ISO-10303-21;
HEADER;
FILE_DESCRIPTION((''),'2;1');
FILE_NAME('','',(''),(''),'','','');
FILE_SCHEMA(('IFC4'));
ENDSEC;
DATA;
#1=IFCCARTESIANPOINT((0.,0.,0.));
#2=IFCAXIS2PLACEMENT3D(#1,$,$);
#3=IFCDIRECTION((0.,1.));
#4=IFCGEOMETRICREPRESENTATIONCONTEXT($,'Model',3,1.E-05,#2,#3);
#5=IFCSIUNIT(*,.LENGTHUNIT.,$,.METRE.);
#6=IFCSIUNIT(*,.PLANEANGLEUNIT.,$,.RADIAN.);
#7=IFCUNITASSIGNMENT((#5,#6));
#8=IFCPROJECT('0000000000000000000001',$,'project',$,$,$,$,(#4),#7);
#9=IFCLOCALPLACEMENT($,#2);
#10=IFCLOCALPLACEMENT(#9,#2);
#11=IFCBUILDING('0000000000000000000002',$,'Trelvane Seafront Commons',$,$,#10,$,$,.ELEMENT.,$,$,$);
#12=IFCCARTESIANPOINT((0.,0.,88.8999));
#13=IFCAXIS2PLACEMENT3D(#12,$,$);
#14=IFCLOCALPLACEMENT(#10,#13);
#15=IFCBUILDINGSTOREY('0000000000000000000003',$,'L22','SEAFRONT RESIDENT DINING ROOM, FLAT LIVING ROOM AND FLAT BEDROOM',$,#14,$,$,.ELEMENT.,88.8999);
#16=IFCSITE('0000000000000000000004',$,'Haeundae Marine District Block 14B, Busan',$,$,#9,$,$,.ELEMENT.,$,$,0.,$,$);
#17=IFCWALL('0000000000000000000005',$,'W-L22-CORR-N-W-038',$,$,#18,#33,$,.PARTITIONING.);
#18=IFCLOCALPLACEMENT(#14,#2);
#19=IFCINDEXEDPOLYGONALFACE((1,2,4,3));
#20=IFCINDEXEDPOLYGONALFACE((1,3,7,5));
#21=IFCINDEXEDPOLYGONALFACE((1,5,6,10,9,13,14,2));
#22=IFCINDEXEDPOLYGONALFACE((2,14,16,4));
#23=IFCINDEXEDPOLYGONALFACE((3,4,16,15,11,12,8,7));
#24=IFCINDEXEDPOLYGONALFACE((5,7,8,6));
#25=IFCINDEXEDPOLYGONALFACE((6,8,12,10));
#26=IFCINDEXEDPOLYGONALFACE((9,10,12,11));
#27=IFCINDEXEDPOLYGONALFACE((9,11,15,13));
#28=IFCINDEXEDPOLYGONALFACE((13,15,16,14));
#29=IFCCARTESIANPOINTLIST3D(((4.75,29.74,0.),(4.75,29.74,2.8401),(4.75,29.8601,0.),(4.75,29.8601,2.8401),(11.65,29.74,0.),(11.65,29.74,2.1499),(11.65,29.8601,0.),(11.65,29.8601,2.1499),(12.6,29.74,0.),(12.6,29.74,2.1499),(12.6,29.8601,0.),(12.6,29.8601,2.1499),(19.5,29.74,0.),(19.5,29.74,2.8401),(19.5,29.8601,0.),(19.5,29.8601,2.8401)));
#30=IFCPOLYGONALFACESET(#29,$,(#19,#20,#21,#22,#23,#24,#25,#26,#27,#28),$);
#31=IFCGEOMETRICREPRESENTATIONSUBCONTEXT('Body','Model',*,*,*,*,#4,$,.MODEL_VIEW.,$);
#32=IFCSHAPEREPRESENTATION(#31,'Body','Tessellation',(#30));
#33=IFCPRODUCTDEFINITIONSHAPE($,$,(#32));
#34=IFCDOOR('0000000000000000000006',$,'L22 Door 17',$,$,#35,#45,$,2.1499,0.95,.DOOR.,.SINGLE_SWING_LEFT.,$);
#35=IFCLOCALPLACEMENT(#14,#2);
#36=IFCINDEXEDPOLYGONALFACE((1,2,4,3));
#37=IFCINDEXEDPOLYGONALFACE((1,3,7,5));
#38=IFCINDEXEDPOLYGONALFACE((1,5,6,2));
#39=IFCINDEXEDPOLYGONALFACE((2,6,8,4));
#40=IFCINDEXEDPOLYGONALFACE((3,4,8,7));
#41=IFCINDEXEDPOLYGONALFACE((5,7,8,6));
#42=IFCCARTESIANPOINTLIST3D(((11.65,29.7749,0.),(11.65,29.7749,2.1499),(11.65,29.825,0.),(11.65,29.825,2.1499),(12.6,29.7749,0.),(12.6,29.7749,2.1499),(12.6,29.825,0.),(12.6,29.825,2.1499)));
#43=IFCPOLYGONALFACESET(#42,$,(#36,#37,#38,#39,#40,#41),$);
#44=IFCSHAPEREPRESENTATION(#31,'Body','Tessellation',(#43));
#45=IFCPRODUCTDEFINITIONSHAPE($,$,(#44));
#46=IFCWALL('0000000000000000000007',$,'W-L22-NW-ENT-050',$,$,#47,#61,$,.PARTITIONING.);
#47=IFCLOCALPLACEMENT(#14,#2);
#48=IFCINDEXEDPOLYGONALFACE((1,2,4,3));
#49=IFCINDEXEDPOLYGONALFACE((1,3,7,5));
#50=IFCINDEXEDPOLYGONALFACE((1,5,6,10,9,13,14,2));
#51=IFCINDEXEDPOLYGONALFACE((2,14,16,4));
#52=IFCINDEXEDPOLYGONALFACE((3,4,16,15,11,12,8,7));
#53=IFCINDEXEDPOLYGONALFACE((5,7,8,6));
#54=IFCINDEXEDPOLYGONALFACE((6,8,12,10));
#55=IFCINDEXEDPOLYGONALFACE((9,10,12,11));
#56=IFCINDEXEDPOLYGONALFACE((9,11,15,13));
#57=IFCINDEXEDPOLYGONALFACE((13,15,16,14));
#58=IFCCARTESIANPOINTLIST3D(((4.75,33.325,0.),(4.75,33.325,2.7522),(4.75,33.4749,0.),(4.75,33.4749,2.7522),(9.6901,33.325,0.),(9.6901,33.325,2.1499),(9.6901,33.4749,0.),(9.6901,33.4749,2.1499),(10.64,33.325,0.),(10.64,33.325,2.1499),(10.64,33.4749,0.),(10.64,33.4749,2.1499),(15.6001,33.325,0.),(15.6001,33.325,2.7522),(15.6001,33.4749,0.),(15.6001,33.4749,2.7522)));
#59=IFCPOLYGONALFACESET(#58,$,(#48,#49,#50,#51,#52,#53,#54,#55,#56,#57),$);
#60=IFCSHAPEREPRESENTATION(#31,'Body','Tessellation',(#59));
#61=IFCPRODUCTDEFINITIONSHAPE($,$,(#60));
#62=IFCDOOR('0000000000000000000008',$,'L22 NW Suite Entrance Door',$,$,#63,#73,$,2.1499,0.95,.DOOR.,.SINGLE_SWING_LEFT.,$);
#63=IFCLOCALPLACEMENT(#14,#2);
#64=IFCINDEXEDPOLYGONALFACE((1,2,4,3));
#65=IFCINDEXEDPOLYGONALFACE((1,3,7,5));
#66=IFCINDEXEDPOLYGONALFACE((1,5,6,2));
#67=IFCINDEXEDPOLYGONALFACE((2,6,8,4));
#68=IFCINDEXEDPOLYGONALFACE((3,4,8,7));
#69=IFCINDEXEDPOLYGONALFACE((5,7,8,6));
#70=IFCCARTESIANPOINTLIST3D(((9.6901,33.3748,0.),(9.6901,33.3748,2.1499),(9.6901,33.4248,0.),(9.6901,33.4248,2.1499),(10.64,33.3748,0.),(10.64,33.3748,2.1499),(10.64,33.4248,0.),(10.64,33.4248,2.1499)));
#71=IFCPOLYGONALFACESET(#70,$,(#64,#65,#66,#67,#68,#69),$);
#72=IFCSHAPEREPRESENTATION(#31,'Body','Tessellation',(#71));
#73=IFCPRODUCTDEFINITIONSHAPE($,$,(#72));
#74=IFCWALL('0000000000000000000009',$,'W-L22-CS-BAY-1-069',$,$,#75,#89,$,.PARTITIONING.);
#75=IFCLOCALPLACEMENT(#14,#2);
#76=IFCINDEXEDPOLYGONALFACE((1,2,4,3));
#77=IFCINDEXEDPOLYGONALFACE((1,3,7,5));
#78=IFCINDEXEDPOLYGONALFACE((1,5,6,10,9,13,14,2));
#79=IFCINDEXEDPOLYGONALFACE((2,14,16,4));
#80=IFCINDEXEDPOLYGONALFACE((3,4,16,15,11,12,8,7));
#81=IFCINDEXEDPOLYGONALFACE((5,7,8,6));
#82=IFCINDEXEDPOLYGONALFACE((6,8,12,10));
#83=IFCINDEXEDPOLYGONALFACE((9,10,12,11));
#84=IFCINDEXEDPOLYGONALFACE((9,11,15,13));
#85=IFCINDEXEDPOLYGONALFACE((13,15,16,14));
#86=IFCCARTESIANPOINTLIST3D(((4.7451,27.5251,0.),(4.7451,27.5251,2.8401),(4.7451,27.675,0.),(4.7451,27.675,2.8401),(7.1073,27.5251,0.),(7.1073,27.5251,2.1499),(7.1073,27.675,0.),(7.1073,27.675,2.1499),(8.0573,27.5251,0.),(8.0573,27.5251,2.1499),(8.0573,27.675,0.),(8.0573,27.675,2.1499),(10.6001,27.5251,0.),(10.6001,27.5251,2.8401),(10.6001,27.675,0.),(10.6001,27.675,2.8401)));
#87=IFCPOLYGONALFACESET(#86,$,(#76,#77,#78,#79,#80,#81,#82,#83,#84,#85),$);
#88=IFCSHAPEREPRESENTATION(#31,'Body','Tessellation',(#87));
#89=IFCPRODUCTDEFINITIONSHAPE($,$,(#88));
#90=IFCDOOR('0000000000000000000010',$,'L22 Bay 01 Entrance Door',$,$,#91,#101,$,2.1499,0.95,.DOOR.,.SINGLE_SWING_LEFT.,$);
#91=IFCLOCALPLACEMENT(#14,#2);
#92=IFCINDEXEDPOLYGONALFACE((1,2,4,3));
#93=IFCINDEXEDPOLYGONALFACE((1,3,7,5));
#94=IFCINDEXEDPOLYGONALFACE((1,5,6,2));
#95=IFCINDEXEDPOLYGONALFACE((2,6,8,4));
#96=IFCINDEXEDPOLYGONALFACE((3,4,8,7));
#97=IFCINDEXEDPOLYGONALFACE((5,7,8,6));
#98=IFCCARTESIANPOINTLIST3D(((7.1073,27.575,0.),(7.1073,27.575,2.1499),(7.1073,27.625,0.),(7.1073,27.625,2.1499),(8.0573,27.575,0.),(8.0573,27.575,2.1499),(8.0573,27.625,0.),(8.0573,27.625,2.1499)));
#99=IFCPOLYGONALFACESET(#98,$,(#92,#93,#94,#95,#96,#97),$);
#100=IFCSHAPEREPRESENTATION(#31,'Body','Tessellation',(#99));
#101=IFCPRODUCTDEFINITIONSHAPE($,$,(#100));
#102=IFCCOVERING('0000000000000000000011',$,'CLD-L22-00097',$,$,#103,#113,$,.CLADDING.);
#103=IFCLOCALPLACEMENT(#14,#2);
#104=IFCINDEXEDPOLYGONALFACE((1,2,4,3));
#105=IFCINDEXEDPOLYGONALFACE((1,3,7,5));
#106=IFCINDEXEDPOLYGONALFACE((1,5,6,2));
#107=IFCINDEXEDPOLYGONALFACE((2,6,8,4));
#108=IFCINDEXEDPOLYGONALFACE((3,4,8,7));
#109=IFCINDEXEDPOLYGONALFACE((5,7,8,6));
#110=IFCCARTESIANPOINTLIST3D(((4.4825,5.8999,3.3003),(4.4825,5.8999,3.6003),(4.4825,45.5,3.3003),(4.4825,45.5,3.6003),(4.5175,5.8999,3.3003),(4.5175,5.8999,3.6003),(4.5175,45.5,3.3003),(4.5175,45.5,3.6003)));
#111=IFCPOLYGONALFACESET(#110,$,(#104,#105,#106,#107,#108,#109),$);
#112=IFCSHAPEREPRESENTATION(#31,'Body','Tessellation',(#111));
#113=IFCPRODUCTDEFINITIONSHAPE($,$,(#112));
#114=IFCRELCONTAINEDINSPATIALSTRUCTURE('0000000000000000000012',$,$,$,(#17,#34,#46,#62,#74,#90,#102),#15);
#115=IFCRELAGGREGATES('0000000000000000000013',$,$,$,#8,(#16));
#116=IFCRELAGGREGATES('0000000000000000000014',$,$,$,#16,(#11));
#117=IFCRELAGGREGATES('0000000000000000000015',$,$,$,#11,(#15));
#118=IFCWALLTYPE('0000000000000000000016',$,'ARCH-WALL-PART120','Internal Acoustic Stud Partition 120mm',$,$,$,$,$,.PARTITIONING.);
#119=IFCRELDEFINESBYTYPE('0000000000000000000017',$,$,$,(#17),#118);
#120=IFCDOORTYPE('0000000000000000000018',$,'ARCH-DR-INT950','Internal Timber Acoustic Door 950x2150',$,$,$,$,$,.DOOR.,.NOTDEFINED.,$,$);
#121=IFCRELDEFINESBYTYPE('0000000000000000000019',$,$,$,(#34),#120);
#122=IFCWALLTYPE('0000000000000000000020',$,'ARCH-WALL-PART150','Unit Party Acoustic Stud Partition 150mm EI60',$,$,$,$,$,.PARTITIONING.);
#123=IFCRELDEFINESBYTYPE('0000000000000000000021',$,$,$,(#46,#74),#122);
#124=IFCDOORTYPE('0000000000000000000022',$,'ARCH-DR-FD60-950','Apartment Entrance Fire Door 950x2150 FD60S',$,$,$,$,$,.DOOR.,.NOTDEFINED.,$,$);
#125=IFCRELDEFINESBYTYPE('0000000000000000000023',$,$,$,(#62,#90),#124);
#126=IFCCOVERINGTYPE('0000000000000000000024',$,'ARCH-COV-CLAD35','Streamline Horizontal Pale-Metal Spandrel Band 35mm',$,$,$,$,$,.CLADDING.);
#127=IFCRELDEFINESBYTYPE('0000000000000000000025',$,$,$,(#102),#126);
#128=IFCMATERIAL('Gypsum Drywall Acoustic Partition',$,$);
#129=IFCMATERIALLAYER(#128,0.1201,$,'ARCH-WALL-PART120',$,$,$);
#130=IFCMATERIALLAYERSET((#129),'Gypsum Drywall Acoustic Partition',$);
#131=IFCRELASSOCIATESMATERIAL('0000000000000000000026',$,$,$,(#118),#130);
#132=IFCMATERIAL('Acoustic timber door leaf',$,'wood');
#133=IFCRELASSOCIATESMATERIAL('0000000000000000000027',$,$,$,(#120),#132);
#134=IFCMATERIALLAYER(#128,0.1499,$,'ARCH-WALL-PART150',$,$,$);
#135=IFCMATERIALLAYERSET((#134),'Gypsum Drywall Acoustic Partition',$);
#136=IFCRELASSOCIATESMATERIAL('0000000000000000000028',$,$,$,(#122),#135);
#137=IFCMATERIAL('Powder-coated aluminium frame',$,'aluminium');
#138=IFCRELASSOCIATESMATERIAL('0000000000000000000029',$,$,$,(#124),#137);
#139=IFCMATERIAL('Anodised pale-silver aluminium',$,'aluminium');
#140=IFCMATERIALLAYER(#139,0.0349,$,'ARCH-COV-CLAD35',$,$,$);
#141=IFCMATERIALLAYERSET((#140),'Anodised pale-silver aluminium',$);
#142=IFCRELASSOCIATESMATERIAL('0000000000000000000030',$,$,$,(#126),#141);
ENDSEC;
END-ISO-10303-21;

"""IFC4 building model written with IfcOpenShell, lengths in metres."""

from ifc_helpers import new_model, si_unit, direction, frame, frame_2d, origin, origin_2d, place, context, subcontext, project, spatial, rectangle, extrude, source, transform, mapped, material, layer, layer_set, type_object, element, fill, save


model = new_model("IFC4")

# Units and contexts
model_context = context("Model", 3, precision=1e-05, world=origin(), true_north=direction((0.0, 1.0)))
body_context = subcontext(model_context, "Body", "Model", "MODEL_VIEW")
ifc_project = project(units=[si_unit("LENGTHUNIT", "METRE"), si_unit("PLANEANGLEUNIT", "RADIAN")], contexts=[model_context])

# Site, building, storey
site_placement = place(None, origin())
site = spatial("IfcSite", under=ifc_project, at=site_placement, Name="Haeundae Marine District Block 14B, Busan", CompositionType="ELEMENT", RefElevation=0.0)
building_placement = place(site_placement, origin())
building = spatial("IfcBuilding", under=site, at=building_placement, Name="Trelvane Seafront Commons", CompositionType="ELEMENT")
storey_placement = place(building_placement, frame((0.0, 0.0, 88.8999)))
storey = spatial("IfcBuildingStorey", under=building, at=storey_placement, Name="L22", Description="SEAFRONT RESIDENT DINING ROOM, FLAT LIVING ROOM AND FLAT BEDROOM", CompositionType="ELEMENT", Elevation=88.8999)

# Shared definitions
ifc_material_1 = material(Name="Anodised pale-silver aluminium", Category="aluminium")

# Walls, openings, doors
ifc_material_2 = material(Name="Gypsum Drywall Acoustic Partition")
ifc_layer_1 = layer(ifc_material_2, 0.1201, Name="ARCH-WALL-PART120")
ifc_layer_set_1 = layer_set([ifc_layer_1], Name="Gypsum Drywall Acoustic Partition")
wall_type_1 = type_object("IfcWallType", Name="ARCH-WALL-PART120", Description="Internal Acoustic Stud Partition 120mm", PredefinedType="PARTITIONING", material=ifc_layer_set_1)
wall_1_placement = place(storey_placement, frame((4.75, 29.8, 0.0), z_axis=(0.0, 0.0, 1.0), x_axis=(1.0, 0.0, 0.0)))
wall_1 = element("IfcWall", 1, at=wall_1_placement, inside=storey, type_object=wall_type_1, Name="W-L22-CORR-N-W-038", PredefinedType="PARTITIONING", context=body_context, shape_type="SweptSolid", body=[
    extrude(rectangle(XDim=14.75, YDim=0.1201, at=frame_2d((7.375, 0.0))), origin(), (0.0, 0.0, 1.0), 2.8401),
])
opening_1_placement = place(wall_1_placement, frame((6.8999, 0.0, 0.0)))
opening_1 = element("IfcOpeningElement", 2, at=opening_1_placement, cuts=wall_1, PredefinedType="OPENING", context=body_context, shape_type="SweptSolid", body=[
    extrude(rectangle(XDim=0.95, YDim=2.1499, at=frame_2d((0.4751, 1.075))), frame((0.0, 0.0701, 0.0), z_axis=(0.0, -1.0, 0.0), x_axis=(1.0, 0.0, 0.0)), (0.0, 0.0, 1.0), 0.1401),
])
ifc_material_3 = material(Name="Acoustic timber door leaf", Category="wood")
door_type_1 = type_object("IfcDoorType", Name="ARCH-DR-INT950", Description="Internal Timber Acoustic Door 950x2150", OperationType="NOTDEFINED", PredefinedType="DOOR", material=ifc_material_3)
shared_shape_1 = source(origin(), body_context, "Body", "SweptSolid", [
    extrude(rectangle(XDim=0.95, YDim=2.1499, at=frame_2d((0.4751, 1.075))), frame((0.0, 0.0249, 0.0), z_axis=(0.0, -1.0, 0.0), x_axis=(1.0, 0.0, 0.0)), (0.0, 0.0, 1.0), 0.05),
])
door_1_placement = place(opening_1_placement, origin())
door_1 = element("IfcDoor", 3, at=door_1_placement, inside=storey, type_object=door_type_1, Name="L22 Door 17", OperationType="SINGLE_SWING_LEFT", OverallHeight=2.1499, OverallWidth=0.95, PredefinedType="DOOR", context=body_context, shape_type="MappedRepresentation", body=[
    mapped(shared_shape_1, transform((0.0, 0.0, 0.0), x_axis=(1.0, 0.0, 0.0), y_axis=(0.0, 1.0, 0.0), z_axis=(0.0, 0.0, 1.0), scale=1.0)),
])
fill(opening_1, door_1)
ifc_layer_2 = layer(ifc_material_2, 0.1499, Name="ARCH-WALL-PART150")
ifc_layer_set_2 = layer_set([ifc_layer_2], Name="Gypsum Drywall Acoustic Partition")
wall_type_2 = type_object("IfcWallType", Name="ARCH-WALL-PART150", Description="Unit Party Acoustic Stud Partition 150mm EI60", PredefinedType="PARTITIONING", material=ifc_layer_set_2)
wall_2_placement = place(storey_placement, frame((4.75, 33.3999, 0.0), z_axis=(0.0, 0.0, 1.0), x_axis=(1.0, 0.0, 0.0)))
wall_2 = element("IfcWall", 4, at=wall_2_placement, inside=storey, type_object=wall_type_2, Name="W-L22-NW-ENT-050", PredefinedType="PARTITIONING", context=body_context, shape_type="SweptSolid", body=[
    extrude(rectangle(XDim=10.8501, YDim=0.1499, at=frame_2d((5.425, 0.0))), origin(), (0.0, 0.0, 1.0), 2.7522),
])
opening_2_placement = place(wall_2_placement, frame((4.9399, 0.0, 0.0)))
opening_2 = element("IfcOpeningElement", 5, at=opening_2_placement, cuts=wall_2, PredefinedType="OPENING", context=body_context, shape_type="SweptSolid", body=[
    extrude(rectangle(XDim=0.95, YDim=2.1499, at=frame_2d((0.4751, 1.075))), frame((0.0, 0.085, 0.0), z_axis=(0.0, -1.0, 0.0), x_axis=(1.0, 0.0, 0.0)), (0.0, 0.0, 1.0), 0.1699),
])
ifc_material_4 = material(Name="Powder-coated aluminium frame", Category="aluminium")
door_type_2 = type_object("IfcDoorType", Name="ARCH-DR-FD60-950", Description="Apartment Entrance Fire Door 950x2150 FD60S", OperationType="NOTDEFINED", PredefinedType="DOOR", material=ifc_material_4)
door_2_placement = place(opening_2_placement, origin())
door_2 = element("IfcDoor", 6, at=door_2_placement, inside=storey, type_object=door_type_2, Name="L22 NW Suite Entrance Door", OperationType="SINGLE_SWING_LEFT", OverallHeight=2.1499, OverallWidth=0.95, PredefinedType="DOOR", context=body_context, shape_type="MappedRepresentation", body=[
    mapped(shared_shape_1, transform((0.0, 0.0, 0.0), x_axis=(1.0, 0.0, 0.0), y_axis=(0.0, 1.0, 0.0), z_axis=(0.0, 0.0, 1.0), scale=1.0)),
])
fill(opening_2, door_2)
wall_3_placement = place(storey_placement, frame((4.7451, 27.6001, 0.0), z_axis=(0.0, 0.0, 1.0), x_axis=(1.0, 0.0, 0.0)))
wall_3 = element("IfcWall", 7, at=wall_3_placement, inside=storey, type_object=wall_type_2, Name="W-L22-CS-BAY-1-069", PredefinedType="PARTITIONING", context=body_context, shape_type="SweptSolid", body=[
    extrude(rectangle(XDim=5.855, YDim=0.1499, at=frame_2d((2.9275, 0.0))), origin(), (0.0, 0.0, 1.0), 2.8401),
])
opening_3_placement = place(wall_3_placement, frame((2.3621, 0.0, 0.0)))
opening_3 = element("IfcOpeningElement", 8, at=opening_3_placement, cuts=wall_3, PredefinedType="OPENING", context=body_context, shape_type="SweptSolid", body=[
    extrude(rectangle(XDim=0.95, YDim=2.1499, at=frame_2d((0.4751, 1.075))), frame((0.0, 0.085, 0.0), z_axis=(0.0, -1.0, 0.0), x_axis=(1.0, 0.0, 0.0)), (0.0, 0.0, 1.0), 0.1699),
])
door_3_placement = place(opening_3_placement, origin())
door_3 = element("IfcDoor", 9, at=door_3_placement, inside=storey, type_object=door_type_2, Name="L22 Bay 01 Entrance Door", OperationType="SINGLE_SWING_LEFT", OverallHeight=2.1499, OverallWidth=0.95, PredefinedType="DOOR", context=body_context, shape_type="MappedRepresentation", body=[
    mapped(shared_shape_1, transform((0.0, 0.0, 0.0), x_axis=(1.0, 0.0, 0.0), y_axis=(0.0, 1.0, 0.0), z_axis=(0.0, 0.0, 1.0), scale=1.0)),
])
fill(opening_3, door_3)

# Covering
ifc_layer_3 = layer(ifc_material_1, 0.0349, Name="ARCH-COV-CLAD35")
ifc_layer_set_3 = layer_set([ifc_layer_3], Name="Anodised pale-silver aluminium")
covering_type = type_object("IfcCoveringType", Name="ARCH-COV-CLAD35", Description="Streamline Horizontal Pale-Metal Spandrel Band 35mm", PredefinedType="CLADDING", material=ifc_layer_set_3)
shared_shape_2 = source(origin(), body_context, "Body", "SweptSolid", [
    extrude(rectangle(XDim=39.6001, YDim=0.0349, at=origin_2d()), origin(), (0.0, 0.0, 1.0), 0.3),
])
covering_placement = place(storey_placement, frame((4.5, 25.7, 3.3003), z_axis=(0.0, 0.0, 1.0), x_axis=(0.0, 1.0, 0.0)))
element("IfcCovering", 10, at=covering_placement, inside=storey, type_object=covering_type, Name="CLD-L22-00097", PredefinedType="CLADDING", context=body_context, shape_type="MappedRepresentation", body=[
    mapped(shared_shape_2, transform((0.0, 0.0, 0.0), x_axis=(1.0, 0.0, 0.0), y_axis=(0.0, 1.0, 0.0), z_axis=(0.0, 0.0, 1.0), scale=1.0)),
])

save(model, "model.ifc")
